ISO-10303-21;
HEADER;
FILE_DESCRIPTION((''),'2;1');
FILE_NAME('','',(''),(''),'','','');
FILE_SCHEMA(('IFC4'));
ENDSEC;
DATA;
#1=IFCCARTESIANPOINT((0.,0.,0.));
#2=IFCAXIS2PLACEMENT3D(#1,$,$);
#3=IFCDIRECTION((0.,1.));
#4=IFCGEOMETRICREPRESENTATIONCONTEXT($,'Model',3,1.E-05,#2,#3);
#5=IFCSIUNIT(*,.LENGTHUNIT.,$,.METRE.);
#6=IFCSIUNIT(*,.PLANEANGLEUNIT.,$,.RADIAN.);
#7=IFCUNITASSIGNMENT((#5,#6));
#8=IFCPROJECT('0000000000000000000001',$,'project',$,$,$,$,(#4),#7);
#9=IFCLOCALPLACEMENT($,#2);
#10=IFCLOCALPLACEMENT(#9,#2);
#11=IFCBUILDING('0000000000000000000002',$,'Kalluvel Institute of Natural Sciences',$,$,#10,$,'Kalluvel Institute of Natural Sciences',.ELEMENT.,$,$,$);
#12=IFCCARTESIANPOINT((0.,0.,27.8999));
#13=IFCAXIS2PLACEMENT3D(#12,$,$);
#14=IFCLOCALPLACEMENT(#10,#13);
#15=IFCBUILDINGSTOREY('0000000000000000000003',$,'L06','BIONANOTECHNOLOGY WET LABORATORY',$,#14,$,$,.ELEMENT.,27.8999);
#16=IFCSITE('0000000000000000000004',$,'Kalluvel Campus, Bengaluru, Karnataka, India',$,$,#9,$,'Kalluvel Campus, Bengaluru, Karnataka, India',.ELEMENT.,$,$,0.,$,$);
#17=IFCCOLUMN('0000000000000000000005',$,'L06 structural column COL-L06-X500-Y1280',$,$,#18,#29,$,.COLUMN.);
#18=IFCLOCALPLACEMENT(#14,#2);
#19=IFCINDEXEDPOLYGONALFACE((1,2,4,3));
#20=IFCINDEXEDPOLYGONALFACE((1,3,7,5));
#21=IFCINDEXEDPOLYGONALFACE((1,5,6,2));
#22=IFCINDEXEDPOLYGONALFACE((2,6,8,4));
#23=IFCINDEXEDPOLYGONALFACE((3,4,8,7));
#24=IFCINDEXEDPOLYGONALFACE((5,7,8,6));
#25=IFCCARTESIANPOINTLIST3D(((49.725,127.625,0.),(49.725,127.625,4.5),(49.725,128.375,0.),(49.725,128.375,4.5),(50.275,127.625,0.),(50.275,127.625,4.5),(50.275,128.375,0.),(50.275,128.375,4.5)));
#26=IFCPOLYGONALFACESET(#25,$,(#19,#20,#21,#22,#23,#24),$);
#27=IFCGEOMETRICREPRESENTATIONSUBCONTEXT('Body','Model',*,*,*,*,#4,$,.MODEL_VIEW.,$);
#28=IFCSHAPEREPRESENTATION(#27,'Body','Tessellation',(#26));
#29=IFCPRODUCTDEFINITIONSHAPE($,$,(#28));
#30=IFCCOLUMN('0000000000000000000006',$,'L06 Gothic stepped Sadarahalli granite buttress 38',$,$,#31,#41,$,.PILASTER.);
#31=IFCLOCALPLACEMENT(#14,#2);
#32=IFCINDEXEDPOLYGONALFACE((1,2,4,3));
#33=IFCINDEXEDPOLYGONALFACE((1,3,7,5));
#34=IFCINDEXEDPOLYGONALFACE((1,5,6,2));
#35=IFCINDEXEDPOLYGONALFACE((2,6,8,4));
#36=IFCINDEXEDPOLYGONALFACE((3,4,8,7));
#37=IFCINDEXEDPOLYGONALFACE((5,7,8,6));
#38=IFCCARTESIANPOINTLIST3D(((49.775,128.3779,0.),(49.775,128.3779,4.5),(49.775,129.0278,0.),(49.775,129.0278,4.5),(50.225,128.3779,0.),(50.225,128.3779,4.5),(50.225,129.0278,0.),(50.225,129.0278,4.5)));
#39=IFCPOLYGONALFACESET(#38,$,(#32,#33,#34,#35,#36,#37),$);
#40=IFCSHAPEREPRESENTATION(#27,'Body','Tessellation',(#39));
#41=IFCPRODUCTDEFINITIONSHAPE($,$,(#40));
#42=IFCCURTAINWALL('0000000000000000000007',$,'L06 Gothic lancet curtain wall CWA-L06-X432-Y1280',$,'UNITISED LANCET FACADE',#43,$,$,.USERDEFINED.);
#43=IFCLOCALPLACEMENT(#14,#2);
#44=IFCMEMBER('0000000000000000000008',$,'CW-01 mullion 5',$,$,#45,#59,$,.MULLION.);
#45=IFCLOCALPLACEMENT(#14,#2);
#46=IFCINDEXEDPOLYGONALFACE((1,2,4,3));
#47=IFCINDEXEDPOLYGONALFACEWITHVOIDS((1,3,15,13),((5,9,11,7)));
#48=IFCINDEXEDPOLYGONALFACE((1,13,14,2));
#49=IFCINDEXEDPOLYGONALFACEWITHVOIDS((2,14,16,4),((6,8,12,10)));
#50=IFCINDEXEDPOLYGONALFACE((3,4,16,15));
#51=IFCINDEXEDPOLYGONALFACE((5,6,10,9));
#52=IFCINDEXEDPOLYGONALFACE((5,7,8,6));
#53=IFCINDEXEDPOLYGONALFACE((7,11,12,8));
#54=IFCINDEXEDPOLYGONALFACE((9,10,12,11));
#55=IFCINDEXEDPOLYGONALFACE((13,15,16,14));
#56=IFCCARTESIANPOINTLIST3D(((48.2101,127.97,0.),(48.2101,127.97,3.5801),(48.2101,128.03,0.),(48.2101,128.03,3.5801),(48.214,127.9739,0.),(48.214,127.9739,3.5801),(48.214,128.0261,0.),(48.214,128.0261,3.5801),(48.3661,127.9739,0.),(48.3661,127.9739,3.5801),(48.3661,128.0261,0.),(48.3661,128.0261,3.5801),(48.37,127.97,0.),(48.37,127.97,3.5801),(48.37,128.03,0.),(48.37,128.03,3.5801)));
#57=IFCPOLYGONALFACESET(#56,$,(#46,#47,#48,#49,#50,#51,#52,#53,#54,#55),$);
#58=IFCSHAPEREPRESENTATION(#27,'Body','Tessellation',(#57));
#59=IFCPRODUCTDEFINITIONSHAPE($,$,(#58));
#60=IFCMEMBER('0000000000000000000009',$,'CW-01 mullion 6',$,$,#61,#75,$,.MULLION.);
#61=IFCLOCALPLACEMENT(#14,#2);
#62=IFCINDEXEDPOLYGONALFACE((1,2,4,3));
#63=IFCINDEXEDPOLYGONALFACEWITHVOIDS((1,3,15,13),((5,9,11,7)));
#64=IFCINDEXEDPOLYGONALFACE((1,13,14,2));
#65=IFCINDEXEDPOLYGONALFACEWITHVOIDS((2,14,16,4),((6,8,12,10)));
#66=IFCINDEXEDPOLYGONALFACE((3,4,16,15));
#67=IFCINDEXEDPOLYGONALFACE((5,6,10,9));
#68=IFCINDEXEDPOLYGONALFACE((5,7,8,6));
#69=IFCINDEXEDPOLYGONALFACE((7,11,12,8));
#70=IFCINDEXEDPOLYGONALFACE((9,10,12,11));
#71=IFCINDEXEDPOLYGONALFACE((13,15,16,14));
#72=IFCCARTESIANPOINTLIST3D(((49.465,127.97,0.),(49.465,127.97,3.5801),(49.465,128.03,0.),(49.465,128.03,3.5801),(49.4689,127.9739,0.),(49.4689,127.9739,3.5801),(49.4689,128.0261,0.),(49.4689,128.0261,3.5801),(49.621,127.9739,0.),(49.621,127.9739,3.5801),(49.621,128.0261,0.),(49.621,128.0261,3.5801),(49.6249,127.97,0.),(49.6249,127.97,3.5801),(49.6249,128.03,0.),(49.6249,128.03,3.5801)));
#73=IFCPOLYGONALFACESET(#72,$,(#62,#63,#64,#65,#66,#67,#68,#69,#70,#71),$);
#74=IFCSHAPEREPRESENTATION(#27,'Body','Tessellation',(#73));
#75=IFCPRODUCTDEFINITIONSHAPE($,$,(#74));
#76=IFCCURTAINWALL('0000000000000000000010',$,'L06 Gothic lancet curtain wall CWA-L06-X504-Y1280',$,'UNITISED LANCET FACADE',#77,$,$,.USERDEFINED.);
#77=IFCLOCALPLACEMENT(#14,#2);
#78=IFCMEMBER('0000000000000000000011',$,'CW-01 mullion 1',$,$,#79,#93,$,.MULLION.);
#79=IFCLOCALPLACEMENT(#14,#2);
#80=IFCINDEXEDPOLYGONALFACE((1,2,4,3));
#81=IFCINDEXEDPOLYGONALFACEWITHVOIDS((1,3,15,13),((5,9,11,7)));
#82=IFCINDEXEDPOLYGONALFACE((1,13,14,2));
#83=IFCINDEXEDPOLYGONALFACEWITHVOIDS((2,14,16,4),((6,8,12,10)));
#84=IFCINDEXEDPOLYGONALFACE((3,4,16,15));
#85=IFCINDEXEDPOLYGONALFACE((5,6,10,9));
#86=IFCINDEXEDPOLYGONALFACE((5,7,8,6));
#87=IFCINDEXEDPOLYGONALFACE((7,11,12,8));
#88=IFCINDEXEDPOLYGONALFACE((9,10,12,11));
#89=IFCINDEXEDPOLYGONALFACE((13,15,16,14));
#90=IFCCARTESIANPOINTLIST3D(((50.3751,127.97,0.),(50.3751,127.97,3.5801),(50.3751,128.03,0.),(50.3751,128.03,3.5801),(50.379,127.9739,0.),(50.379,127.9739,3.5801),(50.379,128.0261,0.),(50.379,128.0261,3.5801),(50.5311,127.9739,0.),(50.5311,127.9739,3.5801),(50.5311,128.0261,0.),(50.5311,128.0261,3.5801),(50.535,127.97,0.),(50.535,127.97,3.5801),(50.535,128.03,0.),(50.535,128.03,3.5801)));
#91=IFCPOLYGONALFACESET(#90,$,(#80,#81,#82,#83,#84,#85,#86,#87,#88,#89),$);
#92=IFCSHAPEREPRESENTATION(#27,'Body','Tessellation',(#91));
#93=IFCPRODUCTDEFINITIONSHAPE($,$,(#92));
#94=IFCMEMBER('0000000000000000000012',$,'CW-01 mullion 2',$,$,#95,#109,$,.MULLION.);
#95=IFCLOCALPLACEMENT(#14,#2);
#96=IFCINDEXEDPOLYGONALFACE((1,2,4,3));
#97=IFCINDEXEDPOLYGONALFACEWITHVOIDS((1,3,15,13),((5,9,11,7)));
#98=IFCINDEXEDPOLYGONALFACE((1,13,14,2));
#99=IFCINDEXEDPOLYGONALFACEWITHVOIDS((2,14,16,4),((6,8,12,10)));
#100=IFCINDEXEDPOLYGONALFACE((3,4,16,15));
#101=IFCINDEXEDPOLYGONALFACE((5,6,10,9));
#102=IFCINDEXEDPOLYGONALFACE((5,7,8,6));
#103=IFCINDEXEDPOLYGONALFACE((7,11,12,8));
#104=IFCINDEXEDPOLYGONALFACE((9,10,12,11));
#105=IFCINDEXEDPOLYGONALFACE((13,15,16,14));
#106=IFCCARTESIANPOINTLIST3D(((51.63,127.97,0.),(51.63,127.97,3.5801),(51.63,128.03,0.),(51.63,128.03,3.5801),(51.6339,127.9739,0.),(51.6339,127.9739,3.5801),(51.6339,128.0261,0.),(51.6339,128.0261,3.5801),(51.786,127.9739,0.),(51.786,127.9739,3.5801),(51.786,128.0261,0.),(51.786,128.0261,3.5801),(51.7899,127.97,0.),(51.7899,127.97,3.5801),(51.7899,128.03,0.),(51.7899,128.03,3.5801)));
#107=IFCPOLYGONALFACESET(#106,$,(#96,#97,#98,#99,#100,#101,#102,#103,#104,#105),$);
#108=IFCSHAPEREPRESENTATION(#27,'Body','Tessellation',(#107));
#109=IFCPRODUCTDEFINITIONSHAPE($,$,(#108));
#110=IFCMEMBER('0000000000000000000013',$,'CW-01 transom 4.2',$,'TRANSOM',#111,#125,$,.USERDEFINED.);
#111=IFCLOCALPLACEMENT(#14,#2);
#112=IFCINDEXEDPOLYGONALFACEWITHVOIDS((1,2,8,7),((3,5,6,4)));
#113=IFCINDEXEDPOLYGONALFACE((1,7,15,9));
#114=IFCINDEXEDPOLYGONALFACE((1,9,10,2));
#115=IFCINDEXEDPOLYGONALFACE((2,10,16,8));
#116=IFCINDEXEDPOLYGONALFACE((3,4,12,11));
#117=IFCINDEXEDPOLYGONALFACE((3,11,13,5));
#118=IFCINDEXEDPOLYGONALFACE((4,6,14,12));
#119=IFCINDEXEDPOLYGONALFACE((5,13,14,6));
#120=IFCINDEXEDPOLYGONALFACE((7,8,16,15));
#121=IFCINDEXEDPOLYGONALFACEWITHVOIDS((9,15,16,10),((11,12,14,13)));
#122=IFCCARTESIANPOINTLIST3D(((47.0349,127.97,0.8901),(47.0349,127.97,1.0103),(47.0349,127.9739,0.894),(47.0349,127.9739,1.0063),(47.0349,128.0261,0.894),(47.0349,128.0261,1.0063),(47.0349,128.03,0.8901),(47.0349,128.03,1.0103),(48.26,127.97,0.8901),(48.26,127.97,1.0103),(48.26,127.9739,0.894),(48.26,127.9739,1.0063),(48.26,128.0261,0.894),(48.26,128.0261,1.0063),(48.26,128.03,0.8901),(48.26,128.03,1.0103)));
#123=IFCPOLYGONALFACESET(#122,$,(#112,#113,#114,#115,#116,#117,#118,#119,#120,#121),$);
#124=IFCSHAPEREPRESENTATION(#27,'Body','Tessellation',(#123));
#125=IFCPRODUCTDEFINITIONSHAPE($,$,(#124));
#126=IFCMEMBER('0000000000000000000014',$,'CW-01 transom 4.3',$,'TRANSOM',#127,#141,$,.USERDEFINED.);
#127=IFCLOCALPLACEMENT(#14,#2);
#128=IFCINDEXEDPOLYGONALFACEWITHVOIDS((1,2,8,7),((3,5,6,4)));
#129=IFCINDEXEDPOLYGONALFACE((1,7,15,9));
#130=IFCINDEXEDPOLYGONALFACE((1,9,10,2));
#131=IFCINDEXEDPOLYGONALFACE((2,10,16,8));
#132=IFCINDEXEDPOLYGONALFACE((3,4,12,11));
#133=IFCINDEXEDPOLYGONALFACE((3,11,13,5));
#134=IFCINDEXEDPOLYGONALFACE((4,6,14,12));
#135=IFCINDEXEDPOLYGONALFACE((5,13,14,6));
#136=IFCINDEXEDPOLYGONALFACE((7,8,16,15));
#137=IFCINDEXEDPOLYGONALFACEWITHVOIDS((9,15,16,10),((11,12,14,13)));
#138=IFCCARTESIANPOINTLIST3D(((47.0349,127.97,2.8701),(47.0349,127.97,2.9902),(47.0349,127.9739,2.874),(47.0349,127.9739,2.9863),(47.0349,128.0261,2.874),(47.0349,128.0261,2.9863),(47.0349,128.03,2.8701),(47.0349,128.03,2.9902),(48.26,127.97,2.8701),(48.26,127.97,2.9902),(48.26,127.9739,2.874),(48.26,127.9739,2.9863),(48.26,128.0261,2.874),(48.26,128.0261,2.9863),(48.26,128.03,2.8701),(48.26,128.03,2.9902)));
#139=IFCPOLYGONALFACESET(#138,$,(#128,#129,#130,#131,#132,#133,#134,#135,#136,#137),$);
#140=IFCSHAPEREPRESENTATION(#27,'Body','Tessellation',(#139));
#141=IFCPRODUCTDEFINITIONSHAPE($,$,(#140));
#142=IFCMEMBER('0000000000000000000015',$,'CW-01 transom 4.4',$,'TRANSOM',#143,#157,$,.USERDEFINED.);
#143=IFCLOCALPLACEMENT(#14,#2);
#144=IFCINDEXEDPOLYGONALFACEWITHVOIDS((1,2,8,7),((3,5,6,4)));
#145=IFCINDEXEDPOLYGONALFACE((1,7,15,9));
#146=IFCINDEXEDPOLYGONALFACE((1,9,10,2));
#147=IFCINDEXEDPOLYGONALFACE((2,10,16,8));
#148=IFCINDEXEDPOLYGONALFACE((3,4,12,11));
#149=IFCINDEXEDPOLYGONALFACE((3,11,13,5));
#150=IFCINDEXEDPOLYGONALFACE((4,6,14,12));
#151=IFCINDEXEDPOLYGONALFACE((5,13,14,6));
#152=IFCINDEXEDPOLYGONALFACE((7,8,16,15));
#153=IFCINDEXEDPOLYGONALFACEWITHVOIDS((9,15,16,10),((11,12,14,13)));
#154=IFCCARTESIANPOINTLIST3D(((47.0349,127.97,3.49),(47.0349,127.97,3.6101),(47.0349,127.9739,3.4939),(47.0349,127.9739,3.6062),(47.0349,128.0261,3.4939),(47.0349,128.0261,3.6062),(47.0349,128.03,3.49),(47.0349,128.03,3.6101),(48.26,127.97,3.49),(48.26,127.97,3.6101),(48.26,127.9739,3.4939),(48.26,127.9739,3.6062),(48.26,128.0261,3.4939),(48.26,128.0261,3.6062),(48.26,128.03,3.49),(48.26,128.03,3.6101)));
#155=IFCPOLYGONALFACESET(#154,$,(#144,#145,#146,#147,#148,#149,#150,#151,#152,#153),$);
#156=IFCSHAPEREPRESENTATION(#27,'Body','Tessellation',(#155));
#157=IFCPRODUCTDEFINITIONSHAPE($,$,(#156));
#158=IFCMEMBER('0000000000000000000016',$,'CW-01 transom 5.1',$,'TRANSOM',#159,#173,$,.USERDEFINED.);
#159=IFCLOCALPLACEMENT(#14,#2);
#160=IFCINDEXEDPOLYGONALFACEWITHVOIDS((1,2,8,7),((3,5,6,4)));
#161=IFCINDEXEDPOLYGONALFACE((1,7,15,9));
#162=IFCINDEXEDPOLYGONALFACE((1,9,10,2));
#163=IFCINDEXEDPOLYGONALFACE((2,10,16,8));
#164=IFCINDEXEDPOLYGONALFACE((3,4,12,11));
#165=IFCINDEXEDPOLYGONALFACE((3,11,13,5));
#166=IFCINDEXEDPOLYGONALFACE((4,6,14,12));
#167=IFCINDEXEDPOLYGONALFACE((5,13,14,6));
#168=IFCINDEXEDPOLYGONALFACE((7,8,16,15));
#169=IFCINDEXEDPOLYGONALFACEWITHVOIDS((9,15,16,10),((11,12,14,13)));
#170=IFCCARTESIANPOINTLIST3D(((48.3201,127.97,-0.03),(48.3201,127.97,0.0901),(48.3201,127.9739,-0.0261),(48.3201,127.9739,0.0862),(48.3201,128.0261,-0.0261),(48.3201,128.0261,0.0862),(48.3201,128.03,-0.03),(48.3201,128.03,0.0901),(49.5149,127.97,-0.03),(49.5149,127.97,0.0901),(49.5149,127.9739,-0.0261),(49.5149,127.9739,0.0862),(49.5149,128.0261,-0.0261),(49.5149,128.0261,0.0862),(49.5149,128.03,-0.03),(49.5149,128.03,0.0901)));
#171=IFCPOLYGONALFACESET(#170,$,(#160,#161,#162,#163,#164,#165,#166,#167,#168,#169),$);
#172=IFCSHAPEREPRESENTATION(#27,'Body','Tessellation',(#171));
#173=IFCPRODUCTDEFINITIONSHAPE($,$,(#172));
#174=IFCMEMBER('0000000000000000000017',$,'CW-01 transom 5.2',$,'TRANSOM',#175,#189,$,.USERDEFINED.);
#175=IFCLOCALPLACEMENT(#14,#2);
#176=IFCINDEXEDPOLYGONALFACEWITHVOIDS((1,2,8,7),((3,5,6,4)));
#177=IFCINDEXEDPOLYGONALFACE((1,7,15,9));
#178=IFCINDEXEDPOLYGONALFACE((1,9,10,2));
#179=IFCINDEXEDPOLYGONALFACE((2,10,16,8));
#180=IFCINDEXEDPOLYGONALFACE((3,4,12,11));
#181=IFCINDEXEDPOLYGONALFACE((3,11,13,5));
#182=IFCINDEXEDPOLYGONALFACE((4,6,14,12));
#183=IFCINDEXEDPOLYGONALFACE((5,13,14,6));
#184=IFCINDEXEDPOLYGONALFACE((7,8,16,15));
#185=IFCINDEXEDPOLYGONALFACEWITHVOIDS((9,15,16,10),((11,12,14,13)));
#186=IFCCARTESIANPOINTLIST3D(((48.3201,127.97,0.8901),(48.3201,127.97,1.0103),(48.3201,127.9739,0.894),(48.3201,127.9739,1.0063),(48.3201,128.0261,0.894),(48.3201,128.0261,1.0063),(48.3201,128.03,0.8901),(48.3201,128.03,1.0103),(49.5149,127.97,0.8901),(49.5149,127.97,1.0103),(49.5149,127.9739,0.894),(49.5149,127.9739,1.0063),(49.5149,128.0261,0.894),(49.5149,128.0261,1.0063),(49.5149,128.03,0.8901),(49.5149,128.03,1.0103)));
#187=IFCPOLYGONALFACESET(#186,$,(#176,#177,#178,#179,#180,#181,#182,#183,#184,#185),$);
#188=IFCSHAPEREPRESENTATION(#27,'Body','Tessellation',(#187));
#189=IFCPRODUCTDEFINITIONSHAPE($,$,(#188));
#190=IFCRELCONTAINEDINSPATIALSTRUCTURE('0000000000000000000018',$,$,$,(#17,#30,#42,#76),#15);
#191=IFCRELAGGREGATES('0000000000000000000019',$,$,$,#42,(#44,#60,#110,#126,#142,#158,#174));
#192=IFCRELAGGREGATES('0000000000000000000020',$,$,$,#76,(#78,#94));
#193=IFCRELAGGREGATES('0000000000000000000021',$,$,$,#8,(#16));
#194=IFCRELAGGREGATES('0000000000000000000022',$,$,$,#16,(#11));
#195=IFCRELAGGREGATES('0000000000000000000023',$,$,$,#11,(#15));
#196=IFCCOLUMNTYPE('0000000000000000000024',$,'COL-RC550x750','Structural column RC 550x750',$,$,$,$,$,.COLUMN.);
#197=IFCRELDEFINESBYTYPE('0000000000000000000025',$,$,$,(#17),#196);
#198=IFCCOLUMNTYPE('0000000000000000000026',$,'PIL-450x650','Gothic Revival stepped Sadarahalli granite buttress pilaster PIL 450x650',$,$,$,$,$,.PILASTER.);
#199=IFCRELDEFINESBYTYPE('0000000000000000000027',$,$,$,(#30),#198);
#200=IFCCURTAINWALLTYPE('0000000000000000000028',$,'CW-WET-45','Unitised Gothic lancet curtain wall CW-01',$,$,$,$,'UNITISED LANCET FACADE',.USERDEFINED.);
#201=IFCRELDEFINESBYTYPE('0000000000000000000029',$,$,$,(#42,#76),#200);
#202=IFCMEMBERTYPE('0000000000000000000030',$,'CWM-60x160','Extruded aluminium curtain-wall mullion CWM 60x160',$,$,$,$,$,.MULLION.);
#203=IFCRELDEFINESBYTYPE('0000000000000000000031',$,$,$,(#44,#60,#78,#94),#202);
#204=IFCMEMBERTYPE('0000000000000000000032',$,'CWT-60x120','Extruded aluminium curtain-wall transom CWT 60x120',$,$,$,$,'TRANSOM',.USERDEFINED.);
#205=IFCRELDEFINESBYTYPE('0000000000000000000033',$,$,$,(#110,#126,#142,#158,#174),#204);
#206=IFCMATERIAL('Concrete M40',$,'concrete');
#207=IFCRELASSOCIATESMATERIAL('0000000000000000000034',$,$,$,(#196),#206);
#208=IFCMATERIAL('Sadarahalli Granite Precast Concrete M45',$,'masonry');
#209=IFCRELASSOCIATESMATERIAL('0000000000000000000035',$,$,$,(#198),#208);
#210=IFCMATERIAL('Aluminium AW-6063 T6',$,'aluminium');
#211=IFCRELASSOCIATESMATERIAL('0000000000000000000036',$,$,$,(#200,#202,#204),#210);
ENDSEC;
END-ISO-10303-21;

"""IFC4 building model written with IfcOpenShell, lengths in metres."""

from ifc_helpers import new_model, si_unit, direction, frame, origin, origin_2d, place, context, subcontext, project, spatial, rectangle, hollow_rectangle, extrude, material, material_profile, profile_set, type_object, element, aggregate, save


model = new_model("IFC4")

# Units and contexts
model_context = context("Model", 3, precision=1e-05, world=origin(), true_north=direction((0.0, 1.0)))
body_context = subcontext(model_context, "Body", "Model", "MODEL_VIEW")
ifc_project = project(units=[si_unit("LENGTHUNIT", "METRE"), si_unit("PLANEANGLEUNIT", "RADIAN")], contexts=[model_context])

# Site, building, storey
site_placement = place(None, origin())
site = spatial("IfcSite", under=ifc_project, at=site_placement, Name="Kalluvel Campus, Bengaluru, Karnataka, India", LongName="Kalluvel Campus, Bengaluru, Karnataka, India", CompositionType="ELEMENT", RefElevation=0.0)
building_placement = place(site_placement, origin())
building = spatial("IfcBuilding", under=site, at=building_placement, Name="Kalluvel Institute of Natural Sciences", LongName="Kalluvel Institute of Natural Sciences", CompositionType="ELEMENT")
storey_placement = place(building_placement, frame((0.0, 0.0, 27.8999)))
storey = spatial("IfcBuildingStorey", under=building, at=storey_placement, Name="L06", Description="BIONANOTECHNOLOGY WET LABORATORY", CompositionType="ELEMENT", Elevation=27.8999)

# Columns
ifc_material_1 = material(Name="Concrete M40", Category="concrete")
ifc_material_profile_1 = material_profile(ifc_material_1, rectangle(XDim=0.55, YDim=0.75, at=origin_2d()), Name="RC 550x750")
ifc_profile_set_1 = profile_set([ifc_material_profile_1], Name="Concrete M40")
column_type_1 = type_object("IfcColumnType", Name="COL-RC550x750", Description="Structural column RC 550x750", PredefinedType="COLUMN", material=ifc_profile_set_1)
column_1_placement = place(storey_placement, frame((50.0, 128.0, 0.0), z_axis=(0.0, 0.0, 1.0), x_axis=(1.0, 0.0, 0.0)))
element("IfcColumn", 1, at=column_1_placement, inside=storey, type_object=column_type_1, Name="L06 structural column COL-L06-X500-Y1280", PredefinedType="COLUMN", context=body_context, shape_type="SweptSolid", body=[
    extrude(rectangle(XDim=0.55, YDim=0.75, at=origin_2d()), origin(), (0.0, 0.0, 1.0), 4.5),
])
ifc_material_2 = material(Name="Sadarahalli Granite Precast Concrete M45", Category="masonry")
ifc_material_profile_2 = material_profile(ifc_material_2, rectangle(XDim=0.45, YDim=0.6499, at=origin_2d()), Name="PIL 450x650")
ifc_profile_set_2 = profile_set([ifc_material_profile_2], Name="Sadarahalli Granite Precast Concrete M45")
column_type_2 = type_object("IfcColumnType", Name="PIL-450x650", Description="Gothic Revival stepped Sadarahalli granite buttress pilaster PIL 450x650", PredefinedType="PILASTER", material=ifc_profile_set_2)
column_2_placement = place(storey_placement, frame((50.0, 128.7029, 0.0), z_axis=(0.0, 0.0, 1.0), x_axis=(1.0, 0.0, 0.0)))
element("IfcColumn", 2, at=column_2_placement, inside=storey, type_object=column_type_2, Name="L06 Gothic stepped Sadarahalli granite buttress 38", PredefinedType="PILASTER", context=body_context, shape_type="SweptSolid", body=[
    extrude(rectangle(XDim=0.45, YDim=0.6499, at=origin_2d()), origin(), (0.0, 0.0, 1.0), 4.5),
])

# Curtain walls, members
ifc_material_3 = material(Name="Aluminium AW-6063 T6", Category="aluminium")
curtain_wall_type = type_object("IfcCurtainWallType", Name="CW-WET-45", Description="Unitised Gothic lancet curtain wall CW-01", ElementType="UNITISED LANCET FACADE", PredefinedType="USERDEFINED", material=ifc_material_3)
curtain_wall_1_placement = place(storey_placement, origin())
curtain_wall_1 = element("IfcCurtainWall", 3, at=curtain_wall_1_placement, inside=storey, type_object=curtain_wall_type, Name="L06 Gothic lancet curtain wall CWA-L06-X432-Y1280", ObjectType="UNITISED LANCET FACADE", PredefinedType="USERDEFINED")
ifc_material_profile_3 = material_profile(ifc_material_3, hollow_rectangle(XDim=0.0601, YDim=0.1599, WallThickness=0.0039, at=origin_2d()), Name="CWM 60x160")
ifc_profile_set_3 = profile_set([ifc_material_profile_3], Name="Aluminium AW-6063 T6")
member_type_1 = type_object("IfcMemberType", Name="CWM-60x160", Description="Extruded aluminium curtain-wall mullion CWM 60x160", PredefinedType="MULLION", material=ifc_profile_set_3)
member_1_placement = place(storey_placement, frame((48.29, 128.0, 0.0), z_axis=(0.0, 0.0, 1.0), x_axis=(0.0, 1.0, 0.0)))
member_1 = element("IfcMember", 4, at=member_1_placement, type_object=member_type_1, Name="CW-01 mullion 5", PredefinedType="MULLION", context=body_context, shape_type="SweptSolid", body=[
    extrude(hollow_rectangle(XDim=0.0601, YDim=0.1599, WallThickness=0.0039, at=origin_2d()), origin(), (0.0, 0.0, 1.0), 3.5801),
])
member_2_placement = place(storey_placement, frame((49.5449, 128.0, 0.0), z_axis=(0.0, 0.0, 1.0), x_axis=(0.0, 1.0, 0.0)))
member_2 = element("IfcMember", 5, at=member_2_placement, type_object=member_type_1, Name="CW-01 mullion 6", PredefinedType="MULLION", context=body_context, shape_type="SweptSolid", body=[
    extrude(hollow_rectangle(XDim=0.0601, YDim=0.1599, WallThickness=0.0039, at=origin_2d()), origin(), (0.0, 0.0, 1.0), 3.5801),
])
curtain_wall_2_placement = place(storey_placement, origin())
curtain_wall_2 = element("IfcCurtainWall", 6, at=curtain_wall_2_placement, inside=storey, type_object=curtain_wall_type, Name="L06 Gothic lancet curtain wall CWA-L06-X504-Y1280", ObjectType="UNITISED LANCET FACADE", PredefinedType="USERDEFINED")
member_3_placement = place(storey_placement, frame((50.4551, 128.0, 0.0), z_axis=(0.0, 0.0, 1.0), x_axis=(0.0, 1.0, 0.0)))
member_3 = element("IfcMember", 7, at=member_3_placement, type_object=member_type_1, Name="CW-01 mullion 1", PredefinedType="MULLION", context=body_context, shape_type="SweptSolid", body=[
    extrude(hollow_rectangle(XDim=0.0601, YDim=0.1599, WallThickness=0.0039, at=origin_2d()), origin(), (0.0, 0.0, 1.0), 3.5801),
])
member_4_placement = place(storey_placement, frame((51.71, 128.0, 0.0), z_axis=(0.0, 0.0, 1.0), x_axis=(0.0, 1.0, 0.0)))
member_4 = element("IfcMember", 8, at=member_4_placement, type_object=member_type_1, Name="CW-01 mullion 2", PredefinedType="MULLION", context=body_context, shape_type="SweptSolid", body=[
    extrude(hollow_rectangle(XDim=0.0601, YDim=0.1599, WallThickness=0.0039, at=origin_2d()), origin(), (0.0, 0.0, 1.0), 3.5801),
])

# Members
ifc_material_profile_4 = material_profile(ifc_material_3, hollow_rectangle(XDim=0.0601, YDim=0.1201, WallThickness=0.0039, at=origin_2d()), Name="CWT 60x120")
ifc_profile_set_4 = profile_set([ifc_material_profile_4], Name="Aluminium AW-6063 T6")
member_type_2 = type_object("IfcMemberType", Name="CWT-60x120", Description="Extruded aluminium curtain-wall transom CWT 60x120", ElementType="TRANSOM", PredefinedType="USERDEFINED", material=ifc_profile_set_4)
member_5_placement = place(storey_placement, frame((47.0349, 128.0, 0.9502), z_axis=(1.0, 0.0, 0.0), x_axis=(0.0, 1.0, 0.0)))
member_5 = element("IfcMember", 9, at=member_5_placement, type_object=member_type_2, Name="CW-01 transom 4.2", ObjectType="TRANSOM", PredefinedType="USERDEFINED", context=body_context, shape_type="SweptSolid", body=[
    extrude(hollow_rectangle(XDim=0.0601, YDim=0.1201, WallThickness=0.0039, at=origin_2d()), origin(), (0.0, 0.0, 1.0), 1.2251),
])
member_6_placement = place(storey_placement, frame((47.0349, 128.0, 2.9302), z_axis=(1.0, 0.0, 0.0), x_axis=(0.0, 1.0, 0.0)))
member_6 = element("IfcMember", 10, at=member_6_placement, type_object=member_type_2, Name="CW-01 transom 4.3", ObjectType="TRANSOM", PredefinedType="USERDEFINED", context=body_context, shape_type="SweptSolid", body=[
    extrude(hollow_rectangle(XDim=0.0601, YDim=0.1201, WallThickness=0.0039, at=origin_2d()), origin(), (0.0, 0.0, 1.0), 1.2251),
])
member_7_placement = place(storey_placement, frame((47.0349, 128.0, 3.55), z_axis=(1.0, 0.0, 0.0), x_axis=(0.0, 1.0, 0.0)))
member_7 = element("IfcMember", 11, at=member_7_placement, type_object=member_type_2, Name="CW-01 transom 4.4", ObjectType="TRANSOM", PredefinedType="USERDEFINED", context=body_context, shape_type="SweptSolid", body=[
    extrude(hollow_rectangle(XDim=0.0601, YDim=0.1201, WallThickness=0.0039, at=origin_2d()), origin(), (0.0, 0.0, 1.0), 1.2251),
])
member_8_placement = place(storey_placement, frame((48.3201, 128.0, 0.03), z_axis=(1.0, 0.0, 0.0), x_axis=(0.0, 1.0, 0.0)))
member_8 = element("IfcMember", 12, at=member_8_placement, type_object=member_type_2, Name="CW-01 transom 5.1", ObjectType="TRANSOM", PredefinedType="USERDEFINED", context=body_context, shape_type="SweptSolid", body=[
    extrude(hollow_rectangle(XDim=0.0601, YDim=0.1201, WallThickness=0.0039, at=origin_2d()), origin(), (0.0, 0.0, 1.0), 1.1948),
])
member_9_placement = place(storey_placement, frame((48.3201, 128.0, 0.9502), z_axis=(1.0, 0.0, 0.0), x_axis=(0.0, 1.0, 0.0)))
member_9 = element("IfcMember", 13, at=member_9_placement, type_object=member_type_2, Name="CW-01 transom 5.2", ObjectType="TRANSOM", PredefinedType="USERDEFINED", context=body_context, shape_type="SweptSolid", body=[
    extrude(hollow_rectangle(XDim=0.0601, YDim=0.1201, WallThickness=0.0039, at=origin_2d()), origin(), (0.0, 0.0, 1.0), 1.1948),
])

aggregate(curtain_wall_1, [member_1, member_2, member_5, member_6, member_7, member_8, member_9])
aggregate(curtain_wall_2, [member_3, member_4])

save(model, "model.ifc")
